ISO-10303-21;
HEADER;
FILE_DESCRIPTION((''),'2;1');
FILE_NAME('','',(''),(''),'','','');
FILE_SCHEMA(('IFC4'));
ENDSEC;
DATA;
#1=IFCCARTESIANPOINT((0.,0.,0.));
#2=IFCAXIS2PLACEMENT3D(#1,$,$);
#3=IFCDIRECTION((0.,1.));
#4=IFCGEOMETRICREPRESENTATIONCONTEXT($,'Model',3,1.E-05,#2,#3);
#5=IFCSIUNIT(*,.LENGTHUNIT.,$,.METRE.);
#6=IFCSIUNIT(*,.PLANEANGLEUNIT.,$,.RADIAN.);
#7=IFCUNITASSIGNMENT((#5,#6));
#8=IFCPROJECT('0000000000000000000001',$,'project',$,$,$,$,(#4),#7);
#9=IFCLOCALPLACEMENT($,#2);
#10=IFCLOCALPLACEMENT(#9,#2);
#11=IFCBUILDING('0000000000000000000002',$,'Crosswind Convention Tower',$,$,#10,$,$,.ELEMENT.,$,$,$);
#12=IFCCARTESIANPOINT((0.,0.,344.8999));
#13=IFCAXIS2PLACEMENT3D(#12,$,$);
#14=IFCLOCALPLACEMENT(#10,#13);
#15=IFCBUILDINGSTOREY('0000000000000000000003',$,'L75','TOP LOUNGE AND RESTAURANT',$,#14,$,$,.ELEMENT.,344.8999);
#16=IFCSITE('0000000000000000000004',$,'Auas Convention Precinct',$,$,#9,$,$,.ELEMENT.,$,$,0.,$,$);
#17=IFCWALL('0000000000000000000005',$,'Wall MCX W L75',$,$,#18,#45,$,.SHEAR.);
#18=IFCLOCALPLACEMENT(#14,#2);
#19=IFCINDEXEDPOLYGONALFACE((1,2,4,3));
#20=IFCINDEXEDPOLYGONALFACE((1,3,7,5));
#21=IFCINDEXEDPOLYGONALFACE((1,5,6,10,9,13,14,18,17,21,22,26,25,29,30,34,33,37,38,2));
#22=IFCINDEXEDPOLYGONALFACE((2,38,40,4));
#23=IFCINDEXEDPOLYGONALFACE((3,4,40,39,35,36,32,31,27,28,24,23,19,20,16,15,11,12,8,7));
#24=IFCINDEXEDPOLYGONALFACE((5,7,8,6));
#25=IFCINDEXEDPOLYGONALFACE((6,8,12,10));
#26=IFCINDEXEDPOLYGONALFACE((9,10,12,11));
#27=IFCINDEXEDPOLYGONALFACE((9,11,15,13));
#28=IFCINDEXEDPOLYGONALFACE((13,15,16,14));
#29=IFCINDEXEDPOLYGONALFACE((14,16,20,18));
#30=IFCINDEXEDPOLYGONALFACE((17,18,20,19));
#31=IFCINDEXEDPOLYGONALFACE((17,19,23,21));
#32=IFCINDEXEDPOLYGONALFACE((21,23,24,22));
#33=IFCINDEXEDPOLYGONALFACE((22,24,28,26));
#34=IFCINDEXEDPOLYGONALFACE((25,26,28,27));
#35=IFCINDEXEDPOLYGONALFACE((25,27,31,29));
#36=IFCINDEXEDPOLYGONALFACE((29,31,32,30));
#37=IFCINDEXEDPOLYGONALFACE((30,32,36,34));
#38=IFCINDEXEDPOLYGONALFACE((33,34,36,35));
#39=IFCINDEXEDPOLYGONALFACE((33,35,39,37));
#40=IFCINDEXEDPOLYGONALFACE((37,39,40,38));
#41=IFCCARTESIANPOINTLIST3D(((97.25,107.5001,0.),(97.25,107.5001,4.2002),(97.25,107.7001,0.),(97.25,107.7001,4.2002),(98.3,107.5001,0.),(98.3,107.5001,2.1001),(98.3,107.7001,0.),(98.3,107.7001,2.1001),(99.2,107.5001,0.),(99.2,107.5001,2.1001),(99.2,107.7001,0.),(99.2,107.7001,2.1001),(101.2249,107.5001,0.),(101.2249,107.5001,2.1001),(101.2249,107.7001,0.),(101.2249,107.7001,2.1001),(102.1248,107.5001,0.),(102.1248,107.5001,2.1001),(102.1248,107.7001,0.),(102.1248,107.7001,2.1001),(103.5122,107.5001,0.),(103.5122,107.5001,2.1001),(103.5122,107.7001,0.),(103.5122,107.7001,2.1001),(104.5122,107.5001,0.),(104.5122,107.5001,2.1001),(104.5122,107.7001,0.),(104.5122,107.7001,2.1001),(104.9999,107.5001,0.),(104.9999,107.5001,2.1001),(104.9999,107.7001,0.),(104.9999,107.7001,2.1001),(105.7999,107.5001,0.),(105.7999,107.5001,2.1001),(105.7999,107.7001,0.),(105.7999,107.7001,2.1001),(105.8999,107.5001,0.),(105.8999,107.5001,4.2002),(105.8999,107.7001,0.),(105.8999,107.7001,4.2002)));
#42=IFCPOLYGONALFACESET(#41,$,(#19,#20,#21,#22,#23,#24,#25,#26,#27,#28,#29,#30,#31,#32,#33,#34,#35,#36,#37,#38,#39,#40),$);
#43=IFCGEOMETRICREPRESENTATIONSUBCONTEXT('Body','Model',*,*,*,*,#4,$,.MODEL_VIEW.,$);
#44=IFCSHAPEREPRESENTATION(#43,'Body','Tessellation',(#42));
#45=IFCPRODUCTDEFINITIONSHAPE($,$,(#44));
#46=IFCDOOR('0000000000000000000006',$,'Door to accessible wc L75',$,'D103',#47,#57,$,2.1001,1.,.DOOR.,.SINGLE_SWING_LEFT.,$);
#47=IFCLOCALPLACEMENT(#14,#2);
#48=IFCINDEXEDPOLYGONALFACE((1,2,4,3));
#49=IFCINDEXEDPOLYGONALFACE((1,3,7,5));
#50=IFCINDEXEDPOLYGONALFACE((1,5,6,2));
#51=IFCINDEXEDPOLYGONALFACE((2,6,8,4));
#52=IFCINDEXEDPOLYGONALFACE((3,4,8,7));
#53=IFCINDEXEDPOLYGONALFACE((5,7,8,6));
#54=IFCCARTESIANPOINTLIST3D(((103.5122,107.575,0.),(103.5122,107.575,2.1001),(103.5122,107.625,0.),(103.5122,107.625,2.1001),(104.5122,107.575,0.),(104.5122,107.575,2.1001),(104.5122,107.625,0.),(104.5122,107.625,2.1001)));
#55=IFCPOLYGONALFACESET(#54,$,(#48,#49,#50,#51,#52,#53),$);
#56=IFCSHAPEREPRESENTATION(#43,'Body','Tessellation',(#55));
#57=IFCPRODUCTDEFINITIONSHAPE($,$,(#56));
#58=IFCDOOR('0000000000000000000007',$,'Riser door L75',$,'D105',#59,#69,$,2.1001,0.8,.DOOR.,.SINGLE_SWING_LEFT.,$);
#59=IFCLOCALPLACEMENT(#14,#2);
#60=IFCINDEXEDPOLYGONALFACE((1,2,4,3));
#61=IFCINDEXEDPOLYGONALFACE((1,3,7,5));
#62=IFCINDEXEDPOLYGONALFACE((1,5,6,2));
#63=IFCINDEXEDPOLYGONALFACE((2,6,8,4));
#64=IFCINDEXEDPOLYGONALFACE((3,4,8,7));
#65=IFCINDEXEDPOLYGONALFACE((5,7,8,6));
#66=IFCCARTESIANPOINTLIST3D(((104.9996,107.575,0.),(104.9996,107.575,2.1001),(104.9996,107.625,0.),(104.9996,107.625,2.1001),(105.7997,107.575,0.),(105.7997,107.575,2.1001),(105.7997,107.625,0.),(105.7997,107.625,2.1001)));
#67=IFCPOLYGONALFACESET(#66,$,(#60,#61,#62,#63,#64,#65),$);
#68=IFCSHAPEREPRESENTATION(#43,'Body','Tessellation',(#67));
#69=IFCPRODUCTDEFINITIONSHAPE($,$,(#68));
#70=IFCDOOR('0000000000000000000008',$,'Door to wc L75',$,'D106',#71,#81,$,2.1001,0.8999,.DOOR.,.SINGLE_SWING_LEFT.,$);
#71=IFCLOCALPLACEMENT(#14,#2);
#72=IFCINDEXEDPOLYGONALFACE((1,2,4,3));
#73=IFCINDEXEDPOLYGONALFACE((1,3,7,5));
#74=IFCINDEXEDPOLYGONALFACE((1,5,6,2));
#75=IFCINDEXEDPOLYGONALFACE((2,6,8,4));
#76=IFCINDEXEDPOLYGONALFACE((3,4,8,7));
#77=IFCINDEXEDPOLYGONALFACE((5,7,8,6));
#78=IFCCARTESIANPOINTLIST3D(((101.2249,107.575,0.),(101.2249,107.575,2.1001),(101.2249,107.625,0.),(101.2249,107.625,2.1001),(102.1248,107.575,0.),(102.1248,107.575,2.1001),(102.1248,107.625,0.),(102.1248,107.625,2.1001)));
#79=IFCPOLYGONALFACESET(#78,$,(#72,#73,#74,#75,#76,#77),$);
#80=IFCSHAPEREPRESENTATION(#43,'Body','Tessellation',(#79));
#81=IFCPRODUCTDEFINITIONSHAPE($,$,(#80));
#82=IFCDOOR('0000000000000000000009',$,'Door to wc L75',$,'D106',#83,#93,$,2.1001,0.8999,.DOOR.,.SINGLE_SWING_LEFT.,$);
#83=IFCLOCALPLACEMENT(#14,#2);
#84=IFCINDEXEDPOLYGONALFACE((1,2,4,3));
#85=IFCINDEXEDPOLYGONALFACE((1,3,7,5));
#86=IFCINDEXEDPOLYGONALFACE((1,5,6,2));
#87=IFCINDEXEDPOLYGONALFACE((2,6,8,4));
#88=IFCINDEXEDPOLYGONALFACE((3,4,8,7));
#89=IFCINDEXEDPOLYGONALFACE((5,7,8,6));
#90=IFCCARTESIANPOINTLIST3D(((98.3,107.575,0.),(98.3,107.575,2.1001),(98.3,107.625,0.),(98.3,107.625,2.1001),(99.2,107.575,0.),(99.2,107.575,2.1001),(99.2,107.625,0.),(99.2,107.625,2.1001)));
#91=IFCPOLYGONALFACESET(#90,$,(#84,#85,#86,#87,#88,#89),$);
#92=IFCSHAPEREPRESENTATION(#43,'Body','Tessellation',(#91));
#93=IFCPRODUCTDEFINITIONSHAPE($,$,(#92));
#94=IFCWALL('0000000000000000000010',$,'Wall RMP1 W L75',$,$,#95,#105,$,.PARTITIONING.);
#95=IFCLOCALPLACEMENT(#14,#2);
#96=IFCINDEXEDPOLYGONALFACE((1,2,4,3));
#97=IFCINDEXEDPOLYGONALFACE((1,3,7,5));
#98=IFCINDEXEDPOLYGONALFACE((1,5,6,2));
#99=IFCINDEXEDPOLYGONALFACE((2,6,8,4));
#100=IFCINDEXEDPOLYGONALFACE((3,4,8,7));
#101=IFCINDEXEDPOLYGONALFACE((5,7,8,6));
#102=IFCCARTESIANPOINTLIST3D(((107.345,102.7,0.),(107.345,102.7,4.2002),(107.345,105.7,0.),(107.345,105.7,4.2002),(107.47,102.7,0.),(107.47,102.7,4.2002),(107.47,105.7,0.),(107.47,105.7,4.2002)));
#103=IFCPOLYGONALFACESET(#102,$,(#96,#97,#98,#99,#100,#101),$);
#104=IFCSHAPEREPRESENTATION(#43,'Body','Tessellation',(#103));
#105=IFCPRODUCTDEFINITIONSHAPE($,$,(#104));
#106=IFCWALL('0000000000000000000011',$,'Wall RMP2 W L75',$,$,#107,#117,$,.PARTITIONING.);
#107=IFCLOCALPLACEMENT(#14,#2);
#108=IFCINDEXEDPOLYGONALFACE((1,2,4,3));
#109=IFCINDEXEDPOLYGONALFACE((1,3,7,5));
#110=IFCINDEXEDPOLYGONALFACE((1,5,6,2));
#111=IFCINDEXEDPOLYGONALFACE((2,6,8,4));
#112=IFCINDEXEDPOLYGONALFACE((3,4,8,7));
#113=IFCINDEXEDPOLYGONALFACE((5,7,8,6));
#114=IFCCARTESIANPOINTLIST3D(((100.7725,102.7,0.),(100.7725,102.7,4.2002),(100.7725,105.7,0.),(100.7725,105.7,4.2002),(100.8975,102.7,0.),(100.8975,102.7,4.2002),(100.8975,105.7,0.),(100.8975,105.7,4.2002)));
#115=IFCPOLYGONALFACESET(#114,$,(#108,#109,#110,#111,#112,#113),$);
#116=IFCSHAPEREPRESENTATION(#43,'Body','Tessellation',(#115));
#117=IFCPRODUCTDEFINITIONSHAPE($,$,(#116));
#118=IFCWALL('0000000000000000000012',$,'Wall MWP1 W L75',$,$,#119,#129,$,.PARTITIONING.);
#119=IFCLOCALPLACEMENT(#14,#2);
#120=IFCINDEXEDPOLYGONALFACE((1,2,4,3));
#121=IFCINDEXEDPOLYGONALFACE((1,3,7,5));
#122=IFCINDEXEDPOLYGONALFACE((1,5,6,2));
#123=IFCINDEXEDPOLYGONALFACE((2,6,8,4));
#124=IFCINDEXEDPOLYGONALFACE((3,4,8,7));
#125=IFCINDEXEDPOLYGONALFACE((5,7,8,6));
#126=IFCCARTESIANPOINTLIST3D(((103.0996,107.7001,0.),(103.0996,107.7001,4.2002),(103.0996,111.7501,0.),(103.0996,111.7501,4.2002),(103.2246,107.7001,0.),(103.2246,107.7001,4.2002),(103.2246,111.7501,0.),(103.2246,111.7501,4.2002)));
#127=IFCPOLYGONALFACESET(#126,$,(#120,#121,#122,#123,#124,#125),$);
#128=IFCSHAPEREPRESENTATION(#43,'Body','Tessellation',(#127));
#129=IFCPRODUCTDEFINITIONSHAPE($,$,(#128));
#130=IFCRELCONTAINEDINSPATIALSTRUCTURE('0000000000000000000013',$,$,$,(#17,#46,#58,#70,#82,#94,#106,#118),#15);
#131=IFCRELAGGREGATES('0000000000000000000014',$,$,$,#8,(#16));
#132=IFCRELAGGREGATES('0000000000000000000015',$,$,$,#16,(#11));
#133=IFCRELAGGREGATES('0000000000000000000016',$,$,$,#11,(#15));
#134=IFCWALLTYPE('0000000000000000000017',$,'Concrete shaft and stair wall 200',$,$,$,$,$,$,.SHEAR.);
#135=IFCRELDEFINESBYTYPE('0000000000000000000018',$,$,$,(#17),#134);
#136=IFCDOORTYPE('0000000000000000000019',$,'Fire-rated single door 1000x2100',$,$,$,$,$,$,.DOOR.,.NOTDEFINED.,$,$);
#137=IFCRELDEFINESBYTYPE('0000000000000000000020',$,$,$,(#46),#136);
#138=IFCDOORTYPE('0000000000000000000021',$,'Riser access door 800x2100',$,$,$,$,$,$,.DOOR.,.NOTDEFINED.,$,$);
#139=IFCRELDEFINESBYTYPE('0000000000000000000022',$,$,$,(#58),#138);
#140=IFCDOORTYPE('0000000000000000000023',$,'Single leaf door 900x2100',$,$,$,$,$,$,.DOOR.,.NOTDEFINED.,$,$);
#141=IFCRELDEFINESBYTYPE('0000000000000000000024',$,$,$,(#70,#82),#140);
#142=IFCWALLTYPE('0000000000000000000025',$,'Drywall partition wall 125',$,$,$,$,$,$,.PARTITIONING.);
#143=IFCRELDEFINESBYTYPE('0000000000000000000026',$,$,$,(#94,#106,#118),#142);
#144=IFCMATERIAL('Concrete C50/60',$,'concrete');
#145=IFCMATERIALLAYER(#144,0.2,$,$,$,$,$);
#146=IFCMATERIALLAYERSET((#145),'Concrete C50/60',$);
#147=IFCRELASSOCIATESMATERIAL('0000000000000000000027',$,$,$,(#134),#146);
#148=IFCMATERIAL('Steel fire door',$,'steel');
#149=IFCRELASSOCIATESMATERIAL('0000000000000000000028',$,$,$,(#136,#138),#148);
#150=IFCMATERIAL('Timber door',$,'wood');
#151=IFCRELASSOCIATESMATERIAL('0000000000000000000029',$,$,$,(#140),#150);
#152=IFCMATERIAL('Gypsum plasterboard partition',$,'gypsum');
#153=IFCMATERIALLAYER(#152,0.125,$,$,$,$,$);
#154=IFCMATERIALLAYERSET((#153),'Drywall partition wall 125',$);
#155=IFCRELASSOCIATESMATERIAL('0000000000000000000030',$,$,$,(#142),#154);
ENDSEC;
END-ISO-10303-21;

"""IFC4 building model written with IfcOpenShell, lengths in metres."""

from ifc_helpers import new_model, si_unit, direction, frame, frame_2d, origin, place, context, subcontext, project, spatial, rectangle, extrude, material, layer, layer_set, type_object, element, fill, save


model = new_model("IFC4")

# Units and contexts
model_context = context("Model", 3, precision=1e-05, world=origin(), true_north=direction((0.0, 1.0)))
body_context = subcontext(model_context, "Body", "Model", "MODEL_VIEW")
ifc_project = project(units=[si_unit("LENGTHUNIT", "METRE"), si_unit("PLANEANGLEUNIT", "RADIAN")], contexts=[model_context])

# Site, building, storey
site_placement = place(None, origin())
site = spatial("IfcSite", under=ifc_project, at=site_placement, Name="Auas Convention Precinct", CompositionType="ELEMENT", RefElevation=0.0)
building_placement = place(site_placement, origin())
building = spatial("IfcBuilding", under=site, at=building_placement, Name="Crosswind Convention Tower", CompositionType="ELEMENT")
storey_placement = place(building_placement, frame((0.0, 0.0, 344.8999)))
storey = spatial("IfcBuildingStorey", under=building, at=storey_placement, Name="L75", Description="TOP LOUNGE AND RESTAURANT", CompositionType="ELEMENT", Elevation=344.8999)

# Shared definitions
ifc_material_1 = material(Name="Concrete C50/60", Category="concrete")
ifc_layer_1 = layer(ifc_material_1, 0.2)
ifc_layer_set_1 = layer_set([ifc_layer_1], Name="Concrete C50/60")
wall_type_1 = type_object("IfcWallType", Name="Concrete shaft and stair wall 200", PredefinedType="SHEAR", material=ifc_layer_set_1)

# Wall, openings, doors
wall_1_placement = place(storey_placement, frame((105.8999, 107.6001, 0.0), z_axis=(0.0, 0.0, 1.0), x_axis=(-1.0, 0.0, 0.0)))
wall_1 = element("IfcWall", 1, at=wall_1_placement, inside=storey, type_object=wall_type_1, Name="Wall MCX W L75", PredefinedType="SHEAR", context=body_context, shape_type="SweptSolid", body=[
    extrude(rectangle(XDim=8.6499, YDim=0.2, at=frame_2d((4.325, 0.0))), origin(), (0.0, 0.0, 1.0), 4.2002),
])
opening_1_placement = place(wall_1_placement, frame((0.1001, 0.0, 0.0)))
opening_1 = element("IfcOpeningElement", 2, at=opening_1_placement, cuts=wall_1, PredefinedType="OPENING", context=body_context, shape_type="SweptSolid", body=[
    extrude(rectangle(XDim=0.8, YDim=2.1001, at=frame_2d((0.3999, 1.05))), frame((0.0, 0.1099, 0.0), z_axis=(0.0, -1.0, 0.0), x_axis=(1.0, 0.0, 0.0)), (0.0, 0.0, 1.0), 0.22),
])
opening_2_placement = place(wall_1_placement, frame((1.3877, 0.0, 0.0)))
opening_2 = element("IfcOpeningElement", 3, at=opening_2_placement, cuts=wall_1, PredefinedType="OPENING", context=body_context, shape_type="SweptSolid", body=[
    extrude(rectangle(XDim=1.0, YDim=2.1001, at=frame_2d((0.5, 1.05))), frame((0.0, 0.1099, 0.0), z_axis=(0.0, -1.0, 0.0), x_axis=(1.0, 0.0, 0.0)), (0.0, 0.0, 1.0), 0.22),
])
opening_3_placement = place(wall_1_placement, frame((3.7751, 0.0, 0.0)))
opening_3 = element("IfcOpeningElement", 4, at=opening_3_placement, cuts=wall_1, PredefinedType="OPENING", context=body_context, shape_type="SweptSolid", body=[
    extrude(rectangle(XDim=0.8999, YDim=2.1001, at=frame_2d((0.45, 1.05))), frame((0.0, 0.1099, 0.0), z_axis=(0.0, -1.0, 0.0), x_axis=(1.0, 0.0, 0.0)), (0.0, 0.0, 1.0), 0.22),
])
opening_4_placement = place(wall_1_placement, frame((6.7, 0.0, 0.0)))
opening_4 = element("IfcOpeningElement", 5, at=opening_4_placement, cuts=wall_1, PredefinedType="OPENING", context=body_context, shape_type="SweptSolid", body=[
    extrude(rectangle(XDim=0.8999, YDim=2.1001, at=frame_2d((0.45, 1.05))), frame((0.0, 0.1099, 0.0), z_axis=(0.0, -1.0, 0.0), x_axis=(1.0, 0.0, 0.0)), (0.0, 0.0, 1.0), 0.22),
])
ifc_material_2 = material(Name="Steel fire door", Category="steel")
door_type_1 = type_object("IfcDoorType", Name="Fire-rated single door 1000x2100", OperationType="NOTDEFINED", PredefinedType="DOOR", material=ifc_material_2)
door_1_placement = place(opening_2_placement, frame((1.0, 0.0, 0.0), z_axis=(0.0, 0.0, 1.0), x_axis=(-1.0, 0.0, 0.0)))
door_1 = element("IfcDoor", 6, at=door_1_placement, inside=storey, type_object=door_type_1, Name="Door to accessible wc L75", ObjectType="D103", OperationType="SINGLE_SWING_LEFT", OverallHeight=2.1001, OverallWidth=1.0, PredefinedType="DOOR", context=body_context, shape_type="SweptSolid", body=[
    extrude(rectangle(XDim=1.0, YDim=2.1001, at=frame_2d((0.5, 1.05))), frame((0.0, 0.0249, 0.0), z_axis=(0.0, -1.0, 0.0), x_axis=(1.0, 0.0, 0.0)), (0.0, 0.0, 1.0), 0.05),
])
fill(opening_2, door_1)
door_type_2 = type_object("IfcDoorType", Name="Riser access door 800x2100", OperationType="NOTDEFINED", PredefinedType="DOOR", material=ifc_material_2)
door_2_placement = place(opening_1_placement, frame((0.8, 0.0, 0.0), z_axis=(0.0, 0.0, 1.0), x_axis=(-1.0, 0.0, 0.0)))
door_2 = element("IfcDoor", 7, at=door_2_placement, inside=storey, type_object=door_type_2, Name="Riser door L75", ObjectType="D105", OperationType="SINGLE_SWING_LEFT", OverallHeight=2.1001, OverallWidth=0.8, PredefinedType="DOOR", context=body_context, shape_type="SweptSolid", body=[
    extrude(rectangle(XDim=0.8, YDim=2.1001, at=frame_2d((0.3999, 1.05))), frame((0.0, 0.0249, 0.0), z_axis=(0.0, -1.0, 0.0), x_axis=(1.0, 0.0, 0.0)), (0.0, 0.0, 1.0), 0.05),
])
fill(opening_1, door_2)
ifc_material_3 = material(Name="Timber door", Category="wood")
door_type_3 = type_object("IfcDoorType", Name="Single leaf door 900x2100", OperationType="NOTDEFINED", PredefinedType="DOOR", material=ifc_material_3)
door_3_placement = place(opening_3_placement, frame((0.8999, 0.0, 0.0), z_axis=(0.0, 0.0, 1.0), x_axis=(-1.0, 0.0, 0.0)))
door_3 = element("IfcDoor", 8, at=door_3_placement, inside=storey, type_object=door_type_3, Name="Door to wc L75", ObjectType="D106", OperationType="SINGLE_SWING_LEFT", OverallHeight=2.1001, OverallWidth=0.8999, PredefinedType="DOOR", context=body_context, shape_type="SweptSolid", body=[
    extrude(rectangle(XDim=0.8999, YDim=2.1001, at=frame_2d((0.45, 1.05))), frame((0.0, 0.0249, 0.0), z_axis=(0.0, -1.0, 0.0), x_axis=(1.0, 0.0, 0.0)), (0.0, 0.0, 1.0), 0.05),
])
fill(opening_3, door_3)
door_4_placement = place(opening_4_placement, frame((0.8999, 0.0, 0.0), z_axis=(0.0, 0.0, 1.0), x_axis=(-1.0, 0.0, 0.0)))
door_4 = element("IfcDoor", 9, at=door_4_placement, inside=storey, type_object=door_type_3, Name="Door to wc L75", ObjectType="D106", OperationType="SINGLE_SWING_LEFT", OverallHeight=2.1001, OverallWidth=0.8999, PredefinedType="DOOR", context=body_context, shape_type="SweptSolid", body=[
    extrude(rectangle(XDim=0.8999, YDim=2.1001, at=frame_2d((0.45, 1.05))), frame((0.0, 0.0249, 0.0), z_axis=(0.0, -1.0, 0.0), x_axis=(1.0, 0.0, 0.0)), (0.0, 0.0, 1.0), 0.05),
])
fill(opening_4, door_4)

# Walls
ifc_material_4 = material(Name="Gypsum plasterboard partition", Category="gypsum")
ifc_layer_2 = layer(ifc_material_4, 0.125)
ifc_layer_set_2 = layer_set([ifc_layer_2], Name="Drywall partition wall 125")
wall_type_2 = type_object("IfcWallType", Name="Drywall partition wall 125", PredefinedType="PARTITIONING", material=ifc_layer_set_2)
for number, where, z_axis, x_axis, name in (
    (10, (107.4075, 105.7, 0.0), (0.0, 0.0, 1.0), (0.0, -1.0, 0.0), "Wall RMP1 W L75"),
    (11, (100.835, 105.7, 0.0), (0.0, 0.0, 1.0), (0.0, -1.0, 0.0), "Wall RMP2 W L75"),
):
    element("IfcWall", number, at=place(storey_placement, frame(where, z_axis=z_axis, x_axis=x_axis)), inside=storey, type_object=wall_type_2, Name=name, PredefinedType="PARTITIONING", context=body_context, shape_type="SweptSolid", body=[
        extrude(rectangle(XDim=3.0, YDim=0.125, at=frame_2d((1.5, 0.0))), origin(), (0.0, 0.0, 1.0), 4.2002),
    ])
wall_2_placement = place(storey_placement, frame((103.1621, 111.75, 0.0), z_axis=(0.0, 0.0, 1.0), x_axis=(0.0, -1.0, 0.0)))
element("IfcWall", 12, at=wall_2_placement, inside=storey, type_object=wall_type_2, Name="Wall MWP1 W L75", PredefinedType="PARTITIONING", context=body_context, shape_type="SweptSolid", body=[
    extrude(rectangle(XDim=4.05, YDim=0.125, at=frame_2d((2.0249, 0.0))), origin(), (0.0, 0.0, 1.0), 4.2002),
])

save(model, "model.ifc")
